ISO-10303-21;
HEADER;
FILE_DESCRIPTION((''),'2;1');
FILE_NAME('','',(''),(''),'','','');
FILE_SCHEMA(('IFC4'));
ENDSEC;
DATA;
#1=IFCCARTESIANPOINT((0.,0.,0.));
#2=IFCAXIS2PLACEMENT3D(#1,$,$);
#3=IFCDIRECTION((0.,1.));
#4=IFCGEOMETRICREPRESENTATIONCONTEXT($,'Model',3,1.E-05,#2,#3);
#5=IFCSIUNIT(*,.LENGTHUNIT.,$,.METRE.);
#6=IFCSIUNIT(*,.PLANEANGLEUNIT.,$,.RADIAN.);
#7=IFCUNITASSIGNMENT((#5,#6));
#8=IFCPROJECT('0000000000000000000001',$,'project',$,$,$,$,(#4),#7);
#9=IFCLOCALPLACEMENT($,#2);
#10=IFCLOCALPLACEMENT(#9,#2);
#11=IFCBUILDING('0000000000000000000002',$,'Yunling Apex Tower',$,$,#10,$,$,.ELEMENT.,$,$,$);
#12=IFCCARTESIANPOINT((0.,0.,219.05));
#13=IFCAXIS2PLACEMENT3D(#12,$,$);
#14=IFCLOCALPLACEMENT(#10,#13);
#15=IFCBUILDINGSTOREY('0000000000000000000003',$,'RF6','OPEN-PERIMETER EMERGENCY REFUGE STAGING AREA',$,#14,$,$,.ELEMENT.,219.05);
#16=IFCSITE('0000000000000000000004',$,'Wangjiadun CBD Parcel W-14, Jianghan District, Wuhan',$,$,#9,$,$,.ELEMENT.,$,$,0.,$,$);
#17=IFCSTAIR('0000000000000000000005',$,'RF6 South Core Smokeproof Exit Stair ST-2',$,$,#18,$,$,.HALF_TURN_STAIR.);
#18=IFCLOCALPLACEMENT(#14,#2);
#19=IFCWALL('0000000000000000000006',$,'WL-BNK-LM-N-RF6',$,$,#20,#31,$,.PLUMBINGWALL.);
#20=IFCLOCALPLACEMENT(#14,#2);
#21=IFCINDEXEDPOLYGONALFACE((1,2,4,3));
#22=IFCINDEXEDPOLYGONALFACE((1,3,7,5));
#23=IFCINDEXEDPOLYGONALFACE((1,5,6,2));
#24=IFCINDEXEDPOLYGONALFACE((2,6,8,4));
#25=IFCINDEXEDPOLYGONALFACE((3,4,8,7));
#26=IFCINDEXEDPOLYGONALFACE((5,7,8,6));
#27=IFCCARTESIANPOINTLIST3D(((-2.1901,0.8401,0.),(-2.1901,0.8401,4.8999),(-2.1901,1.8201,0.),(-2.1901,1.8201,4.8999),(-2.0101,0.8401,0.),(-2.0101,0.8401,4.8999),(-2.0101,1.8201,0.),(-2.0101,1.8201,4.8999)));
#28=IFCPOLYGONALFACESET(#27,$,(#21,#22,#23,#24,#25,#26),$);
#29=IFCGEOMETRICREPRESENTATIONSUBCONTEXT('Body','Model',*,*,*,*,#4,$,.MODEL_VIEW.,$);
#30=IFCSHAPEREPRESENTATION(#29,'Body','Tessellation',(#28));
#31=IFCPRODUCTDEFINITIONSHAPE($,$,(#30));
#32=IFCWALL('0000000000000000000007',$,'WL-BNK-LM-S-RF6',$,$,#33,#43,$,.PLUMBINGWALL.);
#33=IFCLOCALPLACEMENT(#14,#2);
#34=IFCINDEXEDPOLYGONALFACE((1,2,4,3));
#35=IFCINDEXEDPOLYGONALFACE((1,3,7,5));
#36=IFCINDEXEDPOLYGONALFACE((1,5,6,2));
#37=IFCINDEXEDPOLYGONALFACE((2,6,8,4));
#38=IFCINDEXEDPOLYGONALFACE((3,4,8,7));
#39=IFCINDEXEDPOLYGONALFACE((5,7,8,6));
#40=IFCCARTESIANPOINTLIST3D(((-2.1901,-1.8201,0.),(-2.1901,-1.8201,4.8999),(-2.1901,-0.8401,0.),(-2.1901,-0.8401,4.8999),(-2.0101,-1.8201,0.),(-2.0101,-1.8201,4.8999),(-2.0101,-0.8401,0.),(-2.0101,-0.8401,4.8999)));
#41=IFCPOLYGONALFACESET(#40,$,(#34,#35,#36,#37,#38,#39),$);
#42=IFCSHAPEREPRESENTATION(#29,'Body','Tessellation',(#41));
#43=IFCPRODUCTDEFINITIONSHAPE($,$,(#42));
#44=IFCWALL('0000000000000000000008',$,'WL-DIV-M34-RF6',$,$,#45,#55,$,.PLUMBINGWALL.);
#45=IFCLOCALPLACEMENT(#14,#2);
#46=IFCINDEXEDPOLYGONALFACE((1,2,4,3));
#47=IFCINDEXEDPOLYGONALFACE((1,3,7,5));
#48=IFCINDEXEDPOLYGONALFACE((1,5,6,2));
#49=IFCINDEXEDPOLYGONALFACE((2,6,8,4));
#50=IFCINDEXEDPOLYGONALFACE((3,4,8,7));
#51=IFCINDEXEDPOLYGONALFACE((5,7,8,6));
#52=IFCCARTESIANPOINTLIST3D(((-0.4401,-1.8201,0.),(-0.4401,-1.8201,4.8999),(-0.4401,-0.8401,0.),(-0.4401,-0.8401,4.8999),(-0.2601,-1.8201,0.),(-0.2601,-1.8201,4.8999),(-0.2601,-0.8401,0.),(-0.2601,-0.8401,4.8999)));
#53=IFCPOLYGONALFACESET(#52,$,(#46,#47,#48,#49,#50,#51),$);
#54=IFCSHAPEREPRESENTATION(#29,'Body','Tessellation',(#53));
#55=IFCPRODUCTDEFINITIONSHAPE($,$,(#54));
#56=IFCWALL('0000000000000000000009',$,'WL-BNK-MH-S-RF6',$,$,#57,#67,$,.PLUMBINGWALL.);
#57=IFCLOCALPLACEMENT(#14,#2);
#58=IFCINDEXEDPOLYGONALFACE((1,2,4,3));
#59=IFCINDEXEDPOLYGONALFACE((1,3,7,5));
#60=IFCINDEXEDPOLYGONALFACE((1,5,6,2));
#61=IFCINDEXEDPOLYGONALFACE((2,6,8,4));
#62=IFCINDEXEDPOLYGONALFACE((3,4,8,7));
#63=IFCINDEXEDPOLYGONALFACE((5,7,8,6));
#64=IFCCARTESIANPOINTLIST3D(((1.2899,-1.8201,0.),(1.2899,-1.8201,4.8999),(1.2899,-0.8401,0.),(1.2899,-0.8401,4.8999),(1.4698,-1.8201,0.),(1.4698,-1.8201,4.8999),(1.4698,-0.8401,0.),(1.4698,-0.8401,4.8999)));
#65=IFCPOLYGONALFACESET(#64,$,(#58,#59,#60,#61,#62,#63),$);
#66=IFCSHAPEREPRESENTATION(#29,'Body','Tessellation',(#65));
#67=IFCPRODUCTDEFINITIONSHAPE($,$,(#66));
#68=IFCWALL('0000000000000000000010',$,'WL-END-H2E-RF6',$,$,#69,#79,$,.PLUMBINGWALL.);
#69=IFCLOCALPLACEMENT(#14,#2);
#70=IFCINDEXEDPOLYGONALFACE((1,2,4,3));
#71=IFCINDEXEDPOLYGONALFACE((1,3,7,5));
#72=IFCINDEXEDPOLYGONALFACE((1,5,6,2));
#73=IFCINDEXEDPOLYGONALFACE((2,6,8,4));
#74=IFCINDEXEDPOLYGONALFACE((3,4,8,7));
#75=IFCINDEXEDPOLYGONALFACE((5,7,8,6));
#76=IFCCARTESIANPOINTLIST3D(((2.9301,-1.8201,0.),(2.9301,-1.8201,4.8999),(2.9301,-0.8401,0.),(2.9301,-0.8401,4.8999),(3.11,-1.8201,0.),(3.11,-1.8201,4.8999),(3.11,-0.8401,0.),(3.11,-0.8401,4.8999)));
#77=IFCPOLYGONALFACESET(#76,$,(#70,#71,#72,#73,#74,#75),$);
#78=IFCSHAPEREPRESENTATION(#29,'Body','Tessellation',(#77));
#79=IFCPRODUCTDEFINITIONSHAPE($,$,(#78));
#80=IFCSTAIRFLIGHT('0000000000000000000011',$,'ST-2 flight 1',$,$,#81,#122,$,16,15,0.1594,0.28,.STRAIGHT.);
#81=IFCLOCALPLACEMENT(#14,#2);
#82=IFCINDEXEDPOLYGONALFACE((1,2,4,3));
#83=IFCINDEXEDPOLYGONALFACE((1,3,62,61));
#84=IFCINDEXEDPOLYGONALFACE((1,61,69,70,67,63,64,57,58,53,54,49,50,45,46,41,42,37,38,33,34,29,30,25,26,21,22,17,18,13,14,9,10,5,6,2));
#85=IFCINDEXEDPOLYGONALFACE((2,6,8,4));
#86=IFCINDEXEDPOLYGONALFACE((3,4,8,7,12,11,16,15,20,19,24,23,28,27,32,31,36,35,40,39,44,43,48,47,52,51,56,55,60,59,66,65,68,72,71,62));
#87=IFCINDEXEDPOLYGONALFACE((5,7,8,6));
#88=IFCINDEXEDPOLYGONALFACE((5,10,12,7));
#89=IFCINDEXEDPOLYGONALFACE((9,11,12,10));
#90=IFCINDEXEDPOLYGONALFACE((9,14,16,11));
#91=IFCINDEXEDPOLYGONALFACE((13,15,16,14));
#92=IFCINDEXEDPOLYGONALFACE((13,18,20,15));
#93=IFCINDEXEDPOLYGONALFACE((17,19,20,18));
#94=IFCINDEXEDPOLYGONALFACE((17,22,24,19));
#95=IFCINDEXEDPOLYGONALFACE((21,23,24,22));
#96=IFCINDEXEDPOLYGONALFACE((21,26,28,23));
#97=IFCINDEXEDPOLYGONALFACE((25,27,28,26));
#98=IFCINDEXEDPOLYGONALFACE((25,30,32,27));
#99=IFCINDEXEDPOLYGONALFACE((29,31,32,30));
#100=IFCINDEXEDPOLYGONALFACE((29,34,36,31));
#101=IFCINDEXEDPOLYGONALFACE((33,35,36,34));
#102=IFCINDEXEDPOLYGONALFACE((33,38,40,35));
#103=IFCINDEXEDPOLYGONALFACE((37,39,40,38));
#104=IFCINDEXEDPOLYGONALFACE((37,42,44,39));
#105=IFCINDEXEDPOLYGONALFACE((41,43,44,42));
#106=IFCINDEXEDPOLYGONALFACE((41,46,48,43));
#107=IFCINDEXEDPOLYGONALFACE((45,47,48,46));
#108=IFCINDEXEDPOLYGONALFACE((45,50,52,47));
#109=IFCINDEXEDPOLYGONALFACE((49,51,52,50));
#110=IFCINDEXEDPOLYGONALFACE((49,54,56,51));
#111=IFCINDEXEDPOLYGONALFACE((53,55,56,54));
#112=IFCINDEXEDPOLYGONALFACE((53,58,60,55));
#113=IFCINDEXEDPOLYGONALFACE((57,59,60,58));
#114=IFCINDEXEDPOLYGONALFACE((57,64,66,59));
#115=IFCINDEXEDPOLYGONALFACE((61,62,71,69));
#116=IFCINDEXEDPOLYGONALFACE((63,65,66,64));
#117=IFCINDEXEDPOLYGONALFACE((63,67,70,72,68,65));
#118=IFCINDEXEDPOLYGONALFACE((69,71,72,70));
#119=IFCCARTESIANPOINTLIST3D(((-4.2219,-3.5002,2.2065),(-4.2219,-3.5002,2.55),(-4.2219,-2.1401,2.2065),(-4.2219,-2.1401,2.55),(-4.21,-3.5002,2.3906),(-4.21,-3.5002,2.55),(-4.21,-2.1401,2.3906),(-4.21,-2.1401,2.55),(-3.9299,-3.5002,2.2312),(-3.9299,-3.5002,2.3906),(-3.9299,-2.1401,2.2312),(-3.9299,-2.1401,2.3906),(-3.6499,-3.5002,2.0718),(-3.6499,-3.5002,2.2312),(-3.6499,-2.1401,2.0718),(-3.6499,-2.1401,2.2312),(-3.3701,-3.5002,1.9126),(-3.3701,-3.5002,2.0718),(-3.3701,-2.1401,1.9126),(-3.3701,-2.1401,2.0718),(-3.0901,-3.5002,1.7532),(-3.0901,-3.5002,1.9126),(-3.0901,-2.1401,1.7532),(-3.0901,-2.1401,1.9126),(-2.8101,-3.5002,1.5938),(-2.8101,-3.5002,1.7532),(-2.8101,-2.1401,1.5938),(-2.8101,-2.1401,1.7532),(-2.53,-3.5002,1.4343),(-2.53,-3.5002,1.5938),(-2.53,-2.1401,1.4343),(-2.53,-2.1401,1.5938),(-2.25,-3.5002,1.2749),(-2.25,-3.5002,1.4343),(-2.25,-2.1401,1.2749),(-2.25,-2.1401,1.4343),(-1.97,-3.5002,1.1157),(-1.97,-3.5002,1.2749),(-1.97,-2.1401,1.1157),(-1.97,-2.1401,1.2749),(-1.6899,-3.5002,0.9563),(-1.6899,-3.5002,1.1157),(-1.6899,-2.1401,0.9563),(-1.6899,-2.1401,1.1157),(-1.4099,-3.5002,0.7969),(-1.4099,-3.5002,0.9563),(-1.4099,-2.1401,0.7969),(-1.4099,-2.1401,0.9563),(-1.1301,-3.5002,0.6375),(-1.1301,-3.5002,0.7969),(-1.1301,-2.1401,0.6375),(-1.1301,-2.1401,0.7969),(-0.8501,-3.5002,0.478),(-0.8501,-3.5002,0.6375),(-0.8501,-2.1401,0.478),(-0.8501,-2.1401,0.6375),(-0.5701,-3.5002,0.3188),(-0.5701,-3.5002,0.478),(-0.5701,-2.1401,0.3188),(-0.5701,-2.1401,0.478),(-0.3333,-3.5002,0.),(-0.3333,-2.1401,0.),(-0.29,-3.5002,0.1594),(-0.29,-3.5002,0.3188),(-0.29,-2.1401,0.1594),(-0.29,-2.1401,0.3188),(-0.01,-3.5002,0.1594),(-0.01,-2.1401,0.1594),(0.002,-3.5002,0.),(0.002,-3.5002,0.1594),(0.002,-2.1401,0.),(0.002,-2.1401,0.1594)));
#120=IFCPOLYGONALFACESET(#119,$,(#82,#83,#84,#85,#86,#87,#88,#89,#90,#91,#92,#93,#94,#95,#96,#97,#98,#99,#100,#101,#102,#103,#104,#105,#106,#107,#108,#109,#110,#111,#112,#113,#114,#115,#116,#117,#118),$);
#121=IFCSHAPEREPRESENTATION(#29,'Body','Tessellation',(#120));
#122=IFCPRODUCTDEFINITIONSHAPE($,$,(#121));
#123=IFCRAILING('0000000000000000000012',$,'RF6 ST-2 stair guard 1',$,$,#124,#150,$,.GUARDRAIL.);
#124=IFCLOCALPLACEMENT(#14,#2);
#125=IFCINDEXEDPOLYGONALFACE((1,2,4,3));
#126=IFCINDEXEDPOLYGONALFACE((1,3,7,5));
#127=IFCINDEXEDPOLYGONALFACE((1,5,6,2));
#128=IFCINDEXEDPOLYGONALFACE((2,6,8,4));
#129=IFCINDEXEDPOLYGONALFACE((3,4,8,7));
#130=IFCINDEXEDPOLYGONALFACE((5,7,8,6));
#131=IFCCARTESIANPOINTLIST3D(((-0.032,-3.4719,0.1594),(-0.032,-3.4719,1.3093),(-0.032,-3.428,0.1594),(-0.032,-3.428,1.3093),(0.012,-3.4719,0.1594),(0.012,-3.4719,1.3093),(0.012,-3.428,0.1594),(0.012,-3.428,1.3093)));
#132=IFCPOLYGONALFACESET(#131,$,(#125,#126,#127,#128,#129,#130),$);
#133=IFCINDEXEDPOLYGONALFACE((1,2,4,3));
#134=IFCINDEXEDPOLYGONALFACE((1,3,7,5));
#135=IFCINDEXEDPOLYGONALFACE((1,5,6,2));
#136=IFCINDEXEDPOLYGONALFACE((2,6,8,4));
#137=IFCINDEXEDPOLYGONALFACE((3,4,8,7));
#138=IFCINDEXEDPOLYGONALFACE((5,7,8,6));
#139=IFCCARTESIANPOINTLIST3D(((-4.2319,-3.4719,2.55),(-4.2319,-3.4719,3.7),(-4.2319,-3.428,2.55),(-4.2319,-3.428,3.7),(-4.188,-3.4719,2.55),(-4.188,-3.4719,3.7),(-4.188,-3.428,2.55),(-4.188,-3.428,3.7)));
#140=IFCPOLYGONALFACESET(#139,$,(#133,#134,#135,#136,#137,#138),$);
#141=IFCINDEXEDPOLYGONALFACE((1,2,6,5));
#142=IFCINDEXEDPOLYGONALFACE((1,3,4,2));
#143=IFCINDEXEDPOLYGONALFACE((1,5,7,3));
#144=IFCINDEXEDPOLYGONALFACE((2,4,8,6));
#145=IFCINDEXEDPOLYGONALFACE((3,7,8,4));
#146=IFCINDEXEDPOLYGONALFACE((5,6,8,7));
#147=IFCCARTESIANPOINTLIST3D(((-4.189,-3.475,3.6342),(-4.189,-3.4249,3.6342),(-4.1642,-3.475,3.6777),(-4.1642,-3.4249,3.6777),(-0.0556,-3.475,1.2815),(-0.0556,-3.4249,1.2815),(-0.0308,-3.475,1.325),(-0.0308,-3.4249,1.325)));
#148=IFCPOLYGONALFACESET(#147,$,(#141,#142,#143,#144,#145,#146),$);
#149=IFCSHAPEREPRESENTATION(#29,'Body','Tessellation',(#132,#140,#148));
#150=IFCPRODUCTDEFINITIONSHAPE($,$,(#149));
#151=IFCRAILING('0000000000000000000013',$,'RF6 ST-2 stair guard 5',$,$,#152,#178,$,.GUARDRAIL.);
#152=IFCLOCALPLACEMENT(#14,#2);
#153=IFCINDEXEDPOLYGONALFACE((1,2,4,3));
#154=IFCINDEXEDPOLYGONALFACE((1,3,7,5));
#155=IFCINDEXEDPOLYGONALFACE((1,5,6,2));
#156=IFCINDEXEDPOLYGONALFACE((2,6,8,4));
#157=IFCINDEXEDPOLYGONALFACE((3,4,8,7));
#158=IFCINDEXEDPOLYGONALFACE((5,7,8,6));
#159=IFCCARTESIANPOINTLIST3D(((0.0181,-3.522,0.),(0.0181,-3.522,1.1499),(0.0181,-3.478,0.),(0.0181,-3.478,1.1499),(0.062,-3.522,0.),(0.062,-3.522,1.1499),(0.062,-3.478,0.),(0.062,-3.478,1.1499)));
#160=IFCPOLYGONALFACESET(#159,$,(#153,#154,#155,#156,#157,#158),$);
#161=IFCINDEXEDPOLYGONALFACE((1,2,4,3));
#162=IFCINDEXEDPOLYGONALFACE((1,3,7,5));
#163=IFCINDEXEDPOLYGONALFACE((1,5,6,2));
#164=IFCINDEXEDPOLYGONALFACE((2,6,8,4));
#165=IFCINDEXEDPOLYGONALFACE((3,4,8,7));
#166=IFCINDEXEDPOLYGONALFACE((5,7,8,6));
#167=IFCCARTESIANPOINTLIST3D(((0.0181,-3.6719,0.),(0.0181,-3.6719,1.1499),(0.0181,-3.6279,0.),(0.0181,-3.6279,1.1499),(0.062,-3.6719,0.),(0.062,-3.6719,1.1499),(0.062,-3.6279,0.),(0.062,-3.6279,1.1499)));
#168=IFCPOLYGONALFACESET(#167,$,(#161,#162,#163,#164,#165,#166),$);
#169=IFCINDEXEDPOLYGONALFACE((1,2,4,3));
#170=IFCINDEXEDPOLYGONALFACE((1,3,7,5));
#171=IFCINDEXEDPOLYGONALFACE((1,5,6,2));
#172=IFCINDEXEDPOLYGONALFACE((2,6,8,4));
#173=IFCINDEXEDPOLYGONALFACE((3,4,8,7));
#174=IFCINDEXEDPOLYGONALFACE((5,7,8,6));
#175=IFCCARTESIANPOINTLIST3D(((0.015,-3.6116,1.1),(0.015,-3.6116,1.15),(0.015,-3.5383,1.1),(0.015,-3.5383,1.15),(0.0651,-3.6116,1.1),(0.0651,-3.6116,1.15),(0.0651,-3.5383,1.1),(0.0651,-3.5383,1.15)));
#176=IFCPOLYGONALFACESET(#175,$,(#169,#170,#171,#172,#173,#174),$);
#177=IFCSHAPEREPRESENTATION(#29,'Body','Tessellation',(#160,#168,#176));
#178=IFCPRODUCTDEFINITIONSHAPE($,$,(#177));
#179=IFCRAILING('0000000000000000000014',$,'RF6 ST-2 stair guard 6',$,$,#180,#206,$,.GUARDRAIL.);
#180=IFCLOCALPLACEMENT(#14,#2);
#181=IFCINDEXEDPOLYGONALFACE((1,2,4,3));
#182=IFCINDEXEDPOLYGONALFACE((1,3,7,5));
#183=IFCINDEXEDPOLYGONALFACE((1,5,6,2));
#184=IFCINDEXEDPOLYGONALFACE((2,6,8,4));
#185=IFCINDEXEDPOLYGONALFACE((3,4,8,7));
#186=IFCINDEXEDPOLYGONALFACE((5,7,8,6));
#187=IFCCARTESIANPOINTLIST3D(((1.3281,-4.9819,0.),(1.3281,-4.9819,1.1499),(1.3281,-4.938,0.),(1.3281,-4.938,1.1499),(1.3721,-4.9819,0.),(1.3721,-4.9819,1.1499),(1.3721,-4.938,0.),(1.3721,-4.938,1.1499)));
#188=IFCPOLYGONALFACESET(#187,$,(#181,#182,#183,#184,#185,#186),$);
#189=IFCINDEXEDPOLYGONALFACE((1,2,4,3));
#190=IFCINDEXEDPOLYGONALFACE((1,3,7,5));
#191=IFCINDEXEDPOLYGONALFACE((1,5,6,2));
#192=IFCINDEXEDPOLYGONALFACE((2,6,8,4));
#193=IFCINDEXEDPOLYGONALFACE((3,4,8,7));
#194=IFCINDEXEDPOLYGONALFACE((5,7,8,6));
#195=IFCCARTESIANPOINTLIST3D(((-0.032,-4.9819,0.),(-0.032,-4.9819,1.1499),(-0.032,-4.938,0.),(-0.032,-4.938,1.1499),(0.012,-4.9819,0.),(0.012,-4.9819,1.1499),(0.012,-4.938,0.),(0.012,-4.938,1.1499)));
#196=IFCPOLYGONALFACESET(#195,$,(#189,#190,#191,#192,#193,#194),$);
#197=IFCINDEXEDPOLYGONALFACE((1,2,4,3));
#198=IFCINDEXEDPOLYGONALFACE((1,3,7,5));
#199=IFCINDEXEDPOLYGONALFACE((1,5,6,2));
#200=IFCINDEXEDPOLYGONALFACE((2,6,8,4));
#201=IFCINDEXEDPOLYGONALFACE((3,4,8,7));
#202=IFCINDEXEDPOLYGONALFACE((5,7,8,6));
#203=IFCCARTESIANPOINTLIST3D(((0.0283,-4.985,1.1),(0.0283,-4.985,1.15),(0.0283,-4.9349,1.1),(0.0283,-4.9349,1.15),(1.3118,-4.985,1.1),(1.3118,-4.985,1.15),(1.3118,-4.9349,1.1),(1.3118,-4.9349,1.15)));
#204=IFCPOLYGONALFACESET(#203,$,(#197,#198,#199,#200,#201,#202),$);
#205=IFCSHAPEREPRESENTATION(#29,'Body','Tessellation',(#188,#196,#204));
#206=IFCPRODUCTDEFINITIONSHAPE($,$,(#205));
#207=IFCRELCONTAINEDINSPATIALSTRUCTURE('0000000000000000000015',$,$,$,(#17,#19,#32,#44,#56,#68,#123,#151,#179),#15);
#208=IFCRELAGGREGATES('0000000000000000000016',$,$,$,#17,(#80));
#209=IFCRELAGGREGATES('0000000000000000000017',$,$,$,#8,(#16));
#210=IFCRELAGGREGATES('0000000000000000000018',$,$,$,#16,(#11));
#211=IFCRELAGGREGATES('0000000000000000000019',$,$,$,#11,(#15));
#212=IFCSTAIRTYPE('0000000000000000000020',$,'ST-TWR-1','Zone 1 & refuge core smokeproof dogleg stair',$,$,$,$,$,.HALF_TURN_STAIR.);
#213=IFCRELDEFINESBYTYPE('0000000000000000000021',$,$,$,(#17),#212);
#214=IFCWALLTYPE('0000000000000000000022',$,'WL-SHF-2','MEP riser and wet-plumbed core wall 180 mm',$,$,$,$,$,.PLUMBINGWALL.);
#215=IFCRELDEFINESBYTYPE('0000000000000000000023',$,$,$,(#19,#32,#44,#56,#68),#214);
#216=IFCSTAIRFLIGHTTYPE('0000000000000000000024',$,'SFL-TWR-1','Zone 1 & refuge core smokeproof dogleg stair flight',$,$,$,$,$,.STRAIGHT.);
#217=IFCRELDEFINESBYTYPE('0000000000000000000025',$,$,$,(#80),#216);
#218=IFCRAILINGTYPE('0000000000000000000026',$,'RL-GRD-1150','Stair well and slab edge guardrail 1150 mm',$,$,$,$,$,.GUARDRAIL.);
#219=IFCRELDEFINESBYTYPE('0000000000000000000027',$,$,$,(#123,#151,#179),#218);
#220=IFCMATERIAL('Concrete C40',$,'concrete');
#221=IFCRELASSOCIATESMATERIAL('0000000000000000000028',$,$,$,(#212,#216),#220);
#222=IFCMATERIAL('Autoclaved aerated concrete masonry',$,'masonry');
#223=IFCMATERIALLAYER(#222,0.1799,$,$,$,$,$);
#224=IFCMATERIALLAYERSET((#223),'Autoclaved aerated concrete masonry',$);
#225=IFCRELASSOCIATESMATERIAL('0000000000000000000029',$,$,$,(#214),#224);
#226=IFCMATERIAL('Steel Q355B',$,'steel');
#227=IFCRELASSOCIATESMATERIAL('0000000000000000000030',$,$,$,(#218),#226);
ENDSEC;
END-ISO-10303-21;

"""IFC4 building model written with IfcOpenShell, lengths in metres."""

from ifc_helpers import new_model, si_unit, direction, frame, frame_2d, origin, origin_2d, place, context, subcontext, project, spatial, polyline, rectangle, outline, extrude, material, layer, layer_set, type_object, element, aggregate, save


model = new_model("IFC4")

# Units and contexts
model_context = context("Model", 3, precision=1e-05, world=origin(), true_north=direction((0.0, 1.0)))
body_context = subcontext(model_context, "Body", "Model", "MODEL_VIEW")
ifc_project = project(units=[si_unit("LENGTHUNIT", "METRE"), si_unit("PLANEANGLEUNIT", "RADIAN")], contexts=[model_context])

# Site, building, storey
site_placement = place(None, origin())
site = spatial("IfcSite", under=ifc_project, at=site_placement, Name="Wangjiadun CBD Parcel W-14, Jianghan District, Wuhan", CompositionType="ELEMENT", RefElevation=0.0)
building_placement = place(site_placement, origin())
building = spatial("IfcBuilding", under=site, at=building_placement, Name="Yunling Apex Tower", CompositionType="ELEMENT")
storey_placement = place(building_placement, frame((0.0, 0.0, 219.05)))
storey = spatial("IfcBuildingStorey", under=building, at=storey_placement, Name="RF6", Description="OPEN-PERIMETER EMERGENCY REFUGE STAGING AREA", CompositionType="ELEMENT", Elevation=219.05)

# Stair
ifc_material_1 = material(Name="Concrete C40", Category="concrete")
stair_type = type_object("IfcStairType", Name="ST-TWR-1", Description="Zone 1 & refuge core smokeproof dogleg stair", PredefinedType="HALF_TURN_STAIR", material=ifc_material_1)
stair_1_placement = place(storey_placement, origin())
stair_1 = element("IfcStair", 1, at=stair_1_placement, inside=storey, type_object=stair_type, Name="RF6 South Core Smokeproof Exit Stair ST-2", PredefinedType="HALF_TURN_STAIR")

# Shared definitions
ifc_material_2 = material(Name="Autoclaved aerated concrete masonry", Category="masonry")
ifc_material_3 = material(Name="Steel Q355B", Category="steel")

# Walls
ifc_layer_1 = layer(ifc_material_2, 0.1799)
ifc_layer_set_1 = layer_set([ifc_layer_1], Name="Autoclaved aerated concrete masonry")
wall_type_1 = type_object("IfcWallType", Name="WL-SHF-2", Description="MEP riser and wet-plumbed core wall 180 mm", PredefinedType="PLUMBINGWALL", material=ifc_layer_set_1)
for number, where, z_axis, x_axis, name in (
    (2, (-2.1001, 0.8401, 0.0), (0.0, 0.0, 1.0), (0.0, 1.0, 0.0), "WL-BNK-LM-N-RF6"),
    (3, (-2.1001, -1.8201, 0.0), (0.0, 0.0, 1.0), (0.0, 1.0, 0.0), "WL-BNK-LM-S-RF6"),
    (4, (-0.3501, -1.8201, 0.0), (0.0, 0.0, 1.0), (0.0, 1.0, 0.0), "WL-DIV-M34-RF6"),
    (5, (1.3799, -1.8201, 0.0), (0.0, 0.0, 1.0), (0.0, 1.0, 0.0), "WL-BNK-MH-S-RF6"),
    (6, (3.02, -1.8201, 0.0), (0.0, 0.0, 1.0), (0.0, 1.0, 0.0), "WL-END-H2E-RF6"),
):
    element("IfcWall", number, at=place(storey_placement, frame(where, z_axis=z_axis, x_axis=x_axis)), inside=storey, type_object=wall_type_1, Name=name, PredefinedType="PLUMBINGWALL", context=body_context, shape_type="SweptSolid", body=[
        extrude(rectangle(XDim=0.98, YDim=0.1799, at=frame_2d((0.49, 0.0))), origin(), (0.0, 0.0, 1.0), 4.8999),
    ])

# Stair flight
stair_flight_type = type_object("IfcStairFlightType", Name="SFL-TWR-1", Description="Zone 1 & refuge core smokeproof dogleg stair flight", PredefinedType="STRAIGHT", material=ifc_material_1)
stair_flight_placement = place(storey_placement, frame((-0.01, -2.8201, 0.0), z_axis=(0.0, 0.0, 1.0), x_axis=(-1.0, 0.0, 0.0)))
stair_flight = element("IfcStairFlight", 7, at=stair_flight_placement, type_object=stair_flight_type, Name="ST-2 flight 1", NumberOfRisers=16, NumberOfTreads=15, PredefinedType="STRAIGHT", RiserHeight=0.1594, TreadLength=0.28, context=body_context, shape_type="SweptSolid", body=[
    extrude(outline(polyline([(-0.012, 0.0), (-0.012, 0.1594), (0.0, 0.1594), (0.28, 0.1594), (0.28, 0.3188), (0.5601, 0.3188), (0.5601, 0.478), (0.8401, 0.478), (0.8401, 0.6375), (1.1201, 0.6375), (1.1201, 0.7969), (1.3999, 0.7969), (1.3999, 0.9563), (1.6799, 0.9563), (1.6799, 1.1157), (1.96, 1.1157), (1.96, 1.2749), (2.24, 1.2749), (2.24, 1.4343), (2.52, 1.4343), (2.52, 1.5938), (2.8, 1.5938), (2.8, 1.7532), (3.0801, 1.7532), (3.0801, 1.9126), (3.3601, 1.9126), (3.3601, 2.0718), (3.6399, 2.0718), (3.6399, 2.2312), (3.9199, 2.2312), (3.9199, 2.3906), (4.2, 2.3906), (4.2, 2.55), (4.2119, 2.55), (4.2119, 2.2065), (0.3232, 0.0), (-0.012, 0.0)])), frame((0.0, 0.6802, 0.0), z_axis=(0.0, -1.0, 0.0), x_axis=(1.0, 0.0, 0.0)), (0.0, 0.0, 1.0), 1.3601),
])
aggregate(stair_1, [stair_flight])

# Railings
railing_type_1 = type_object("IfcRailingType", Name="RL-GRD-1150", Description="Stair well and slab edge guardrail 1150 mm", PredefinedType="GUARDRAIL", material=ifc_material_3)
railing_1_placement = place(storey_placement, frame((-0.01, -3.45, 0.1594)))
element("IfcRailing", 8, at=railing_1_placement, inside=storey, type_object=railing_type_1, Name="RF6 ST-2 stair guard 1", PredefinedType="GUARDRAIL", context=body_context, shape_type="SweptSolid", body=[
    extrude(rectangle(XDim=0.0439, YDim=0.0439, at=origin_2d()), origin(), (0.0, 0.0, 1.0), 1.1499),
    extrude(rectangle(XDim=0.0439, YDim=0.0439, at=origin_2d()), frame((-4.2, 0.0, 2.3906)), (0.0, 0.0, 1.0), 1.1499),
    extrude(rectangle(XDim=0.05, YDim=0.05, at=origin_2d()), frame((-0.0332, 0.0, 1.1438), z_axis=(-0.869075, 0.0, 0.49468), x_axis=(0.0, -1.0, 0.0)), (0.0, 0.0, 1.0), 4.7561),
])
railing_2_placement = place(storey_placement, frame((0.04, -3.5, 0.0)))
element("IfcRailing", 9, at=railing_2_placement, inside=storey, type_object=railing_type_1, Name="RF6 ST-2 stair guard 5", PredefinedType="GUARDRAIL", context=body_context, shape_type="SweptSolid", body=[
    extrude(rectangle(XDim=0.0439, YDim=0.0439, at=origin_2d()), origin(), (0.0, 0.0, 1.0), 1.1499),
    extrude(rectangle(XDim=0.0439, YDim=0.0439, at=origin_2d()), frame((0.0, -0.1499, 0.0)), (0.0, 0.0, 1.0), 1.1499),
    extrude(rectangle(XDim=0.05, YDim=0.05, at=origin_2d()), frame((0.0, -0.0383, 1.125), z_axis=(0.0, -1.0, 0.0), x_axis=(1.0, 0.0, 0.0)), (0.0, 0.0, 1.0), 0.0732),
])
railing_3_placement = place(storey_placement, frame((1.3501, -4.96, 0.0)))
element("IfcRailing", 10, at=railing_3_placement, inside=storey, type_object=railing_type_1, Name="RF6 ST-2 stair guard 6", PredefinedType="GUARDRAIL", context=body_context, shape_type="SweptSolid", body=[
    extrude(rectangle(XDim=0.0439, YDim=0.0439, at=origin_2d()), origin(), (0.0, 0.0, 1.0), 1.1499),
    extrude(rectangle(XDim=0.0439, YDim=0.0439, at=origin_2d()), frame((-1.3601, 0.0, 0.0)), (0.0, 0.0, 1.0), 1.1499),
    extrude(rectangle(XDim=0.05, YDim=0.05, at=origin_2d()), frame((-0.0383, 0.0, 1.125), z_axis=(-1.0, 0.0, 0.0), x_axis=(0.0, -1.0, 0.0)), (0.0, 0.0, 1.0), 1.2834),
])

save(model, "model.ifc")
